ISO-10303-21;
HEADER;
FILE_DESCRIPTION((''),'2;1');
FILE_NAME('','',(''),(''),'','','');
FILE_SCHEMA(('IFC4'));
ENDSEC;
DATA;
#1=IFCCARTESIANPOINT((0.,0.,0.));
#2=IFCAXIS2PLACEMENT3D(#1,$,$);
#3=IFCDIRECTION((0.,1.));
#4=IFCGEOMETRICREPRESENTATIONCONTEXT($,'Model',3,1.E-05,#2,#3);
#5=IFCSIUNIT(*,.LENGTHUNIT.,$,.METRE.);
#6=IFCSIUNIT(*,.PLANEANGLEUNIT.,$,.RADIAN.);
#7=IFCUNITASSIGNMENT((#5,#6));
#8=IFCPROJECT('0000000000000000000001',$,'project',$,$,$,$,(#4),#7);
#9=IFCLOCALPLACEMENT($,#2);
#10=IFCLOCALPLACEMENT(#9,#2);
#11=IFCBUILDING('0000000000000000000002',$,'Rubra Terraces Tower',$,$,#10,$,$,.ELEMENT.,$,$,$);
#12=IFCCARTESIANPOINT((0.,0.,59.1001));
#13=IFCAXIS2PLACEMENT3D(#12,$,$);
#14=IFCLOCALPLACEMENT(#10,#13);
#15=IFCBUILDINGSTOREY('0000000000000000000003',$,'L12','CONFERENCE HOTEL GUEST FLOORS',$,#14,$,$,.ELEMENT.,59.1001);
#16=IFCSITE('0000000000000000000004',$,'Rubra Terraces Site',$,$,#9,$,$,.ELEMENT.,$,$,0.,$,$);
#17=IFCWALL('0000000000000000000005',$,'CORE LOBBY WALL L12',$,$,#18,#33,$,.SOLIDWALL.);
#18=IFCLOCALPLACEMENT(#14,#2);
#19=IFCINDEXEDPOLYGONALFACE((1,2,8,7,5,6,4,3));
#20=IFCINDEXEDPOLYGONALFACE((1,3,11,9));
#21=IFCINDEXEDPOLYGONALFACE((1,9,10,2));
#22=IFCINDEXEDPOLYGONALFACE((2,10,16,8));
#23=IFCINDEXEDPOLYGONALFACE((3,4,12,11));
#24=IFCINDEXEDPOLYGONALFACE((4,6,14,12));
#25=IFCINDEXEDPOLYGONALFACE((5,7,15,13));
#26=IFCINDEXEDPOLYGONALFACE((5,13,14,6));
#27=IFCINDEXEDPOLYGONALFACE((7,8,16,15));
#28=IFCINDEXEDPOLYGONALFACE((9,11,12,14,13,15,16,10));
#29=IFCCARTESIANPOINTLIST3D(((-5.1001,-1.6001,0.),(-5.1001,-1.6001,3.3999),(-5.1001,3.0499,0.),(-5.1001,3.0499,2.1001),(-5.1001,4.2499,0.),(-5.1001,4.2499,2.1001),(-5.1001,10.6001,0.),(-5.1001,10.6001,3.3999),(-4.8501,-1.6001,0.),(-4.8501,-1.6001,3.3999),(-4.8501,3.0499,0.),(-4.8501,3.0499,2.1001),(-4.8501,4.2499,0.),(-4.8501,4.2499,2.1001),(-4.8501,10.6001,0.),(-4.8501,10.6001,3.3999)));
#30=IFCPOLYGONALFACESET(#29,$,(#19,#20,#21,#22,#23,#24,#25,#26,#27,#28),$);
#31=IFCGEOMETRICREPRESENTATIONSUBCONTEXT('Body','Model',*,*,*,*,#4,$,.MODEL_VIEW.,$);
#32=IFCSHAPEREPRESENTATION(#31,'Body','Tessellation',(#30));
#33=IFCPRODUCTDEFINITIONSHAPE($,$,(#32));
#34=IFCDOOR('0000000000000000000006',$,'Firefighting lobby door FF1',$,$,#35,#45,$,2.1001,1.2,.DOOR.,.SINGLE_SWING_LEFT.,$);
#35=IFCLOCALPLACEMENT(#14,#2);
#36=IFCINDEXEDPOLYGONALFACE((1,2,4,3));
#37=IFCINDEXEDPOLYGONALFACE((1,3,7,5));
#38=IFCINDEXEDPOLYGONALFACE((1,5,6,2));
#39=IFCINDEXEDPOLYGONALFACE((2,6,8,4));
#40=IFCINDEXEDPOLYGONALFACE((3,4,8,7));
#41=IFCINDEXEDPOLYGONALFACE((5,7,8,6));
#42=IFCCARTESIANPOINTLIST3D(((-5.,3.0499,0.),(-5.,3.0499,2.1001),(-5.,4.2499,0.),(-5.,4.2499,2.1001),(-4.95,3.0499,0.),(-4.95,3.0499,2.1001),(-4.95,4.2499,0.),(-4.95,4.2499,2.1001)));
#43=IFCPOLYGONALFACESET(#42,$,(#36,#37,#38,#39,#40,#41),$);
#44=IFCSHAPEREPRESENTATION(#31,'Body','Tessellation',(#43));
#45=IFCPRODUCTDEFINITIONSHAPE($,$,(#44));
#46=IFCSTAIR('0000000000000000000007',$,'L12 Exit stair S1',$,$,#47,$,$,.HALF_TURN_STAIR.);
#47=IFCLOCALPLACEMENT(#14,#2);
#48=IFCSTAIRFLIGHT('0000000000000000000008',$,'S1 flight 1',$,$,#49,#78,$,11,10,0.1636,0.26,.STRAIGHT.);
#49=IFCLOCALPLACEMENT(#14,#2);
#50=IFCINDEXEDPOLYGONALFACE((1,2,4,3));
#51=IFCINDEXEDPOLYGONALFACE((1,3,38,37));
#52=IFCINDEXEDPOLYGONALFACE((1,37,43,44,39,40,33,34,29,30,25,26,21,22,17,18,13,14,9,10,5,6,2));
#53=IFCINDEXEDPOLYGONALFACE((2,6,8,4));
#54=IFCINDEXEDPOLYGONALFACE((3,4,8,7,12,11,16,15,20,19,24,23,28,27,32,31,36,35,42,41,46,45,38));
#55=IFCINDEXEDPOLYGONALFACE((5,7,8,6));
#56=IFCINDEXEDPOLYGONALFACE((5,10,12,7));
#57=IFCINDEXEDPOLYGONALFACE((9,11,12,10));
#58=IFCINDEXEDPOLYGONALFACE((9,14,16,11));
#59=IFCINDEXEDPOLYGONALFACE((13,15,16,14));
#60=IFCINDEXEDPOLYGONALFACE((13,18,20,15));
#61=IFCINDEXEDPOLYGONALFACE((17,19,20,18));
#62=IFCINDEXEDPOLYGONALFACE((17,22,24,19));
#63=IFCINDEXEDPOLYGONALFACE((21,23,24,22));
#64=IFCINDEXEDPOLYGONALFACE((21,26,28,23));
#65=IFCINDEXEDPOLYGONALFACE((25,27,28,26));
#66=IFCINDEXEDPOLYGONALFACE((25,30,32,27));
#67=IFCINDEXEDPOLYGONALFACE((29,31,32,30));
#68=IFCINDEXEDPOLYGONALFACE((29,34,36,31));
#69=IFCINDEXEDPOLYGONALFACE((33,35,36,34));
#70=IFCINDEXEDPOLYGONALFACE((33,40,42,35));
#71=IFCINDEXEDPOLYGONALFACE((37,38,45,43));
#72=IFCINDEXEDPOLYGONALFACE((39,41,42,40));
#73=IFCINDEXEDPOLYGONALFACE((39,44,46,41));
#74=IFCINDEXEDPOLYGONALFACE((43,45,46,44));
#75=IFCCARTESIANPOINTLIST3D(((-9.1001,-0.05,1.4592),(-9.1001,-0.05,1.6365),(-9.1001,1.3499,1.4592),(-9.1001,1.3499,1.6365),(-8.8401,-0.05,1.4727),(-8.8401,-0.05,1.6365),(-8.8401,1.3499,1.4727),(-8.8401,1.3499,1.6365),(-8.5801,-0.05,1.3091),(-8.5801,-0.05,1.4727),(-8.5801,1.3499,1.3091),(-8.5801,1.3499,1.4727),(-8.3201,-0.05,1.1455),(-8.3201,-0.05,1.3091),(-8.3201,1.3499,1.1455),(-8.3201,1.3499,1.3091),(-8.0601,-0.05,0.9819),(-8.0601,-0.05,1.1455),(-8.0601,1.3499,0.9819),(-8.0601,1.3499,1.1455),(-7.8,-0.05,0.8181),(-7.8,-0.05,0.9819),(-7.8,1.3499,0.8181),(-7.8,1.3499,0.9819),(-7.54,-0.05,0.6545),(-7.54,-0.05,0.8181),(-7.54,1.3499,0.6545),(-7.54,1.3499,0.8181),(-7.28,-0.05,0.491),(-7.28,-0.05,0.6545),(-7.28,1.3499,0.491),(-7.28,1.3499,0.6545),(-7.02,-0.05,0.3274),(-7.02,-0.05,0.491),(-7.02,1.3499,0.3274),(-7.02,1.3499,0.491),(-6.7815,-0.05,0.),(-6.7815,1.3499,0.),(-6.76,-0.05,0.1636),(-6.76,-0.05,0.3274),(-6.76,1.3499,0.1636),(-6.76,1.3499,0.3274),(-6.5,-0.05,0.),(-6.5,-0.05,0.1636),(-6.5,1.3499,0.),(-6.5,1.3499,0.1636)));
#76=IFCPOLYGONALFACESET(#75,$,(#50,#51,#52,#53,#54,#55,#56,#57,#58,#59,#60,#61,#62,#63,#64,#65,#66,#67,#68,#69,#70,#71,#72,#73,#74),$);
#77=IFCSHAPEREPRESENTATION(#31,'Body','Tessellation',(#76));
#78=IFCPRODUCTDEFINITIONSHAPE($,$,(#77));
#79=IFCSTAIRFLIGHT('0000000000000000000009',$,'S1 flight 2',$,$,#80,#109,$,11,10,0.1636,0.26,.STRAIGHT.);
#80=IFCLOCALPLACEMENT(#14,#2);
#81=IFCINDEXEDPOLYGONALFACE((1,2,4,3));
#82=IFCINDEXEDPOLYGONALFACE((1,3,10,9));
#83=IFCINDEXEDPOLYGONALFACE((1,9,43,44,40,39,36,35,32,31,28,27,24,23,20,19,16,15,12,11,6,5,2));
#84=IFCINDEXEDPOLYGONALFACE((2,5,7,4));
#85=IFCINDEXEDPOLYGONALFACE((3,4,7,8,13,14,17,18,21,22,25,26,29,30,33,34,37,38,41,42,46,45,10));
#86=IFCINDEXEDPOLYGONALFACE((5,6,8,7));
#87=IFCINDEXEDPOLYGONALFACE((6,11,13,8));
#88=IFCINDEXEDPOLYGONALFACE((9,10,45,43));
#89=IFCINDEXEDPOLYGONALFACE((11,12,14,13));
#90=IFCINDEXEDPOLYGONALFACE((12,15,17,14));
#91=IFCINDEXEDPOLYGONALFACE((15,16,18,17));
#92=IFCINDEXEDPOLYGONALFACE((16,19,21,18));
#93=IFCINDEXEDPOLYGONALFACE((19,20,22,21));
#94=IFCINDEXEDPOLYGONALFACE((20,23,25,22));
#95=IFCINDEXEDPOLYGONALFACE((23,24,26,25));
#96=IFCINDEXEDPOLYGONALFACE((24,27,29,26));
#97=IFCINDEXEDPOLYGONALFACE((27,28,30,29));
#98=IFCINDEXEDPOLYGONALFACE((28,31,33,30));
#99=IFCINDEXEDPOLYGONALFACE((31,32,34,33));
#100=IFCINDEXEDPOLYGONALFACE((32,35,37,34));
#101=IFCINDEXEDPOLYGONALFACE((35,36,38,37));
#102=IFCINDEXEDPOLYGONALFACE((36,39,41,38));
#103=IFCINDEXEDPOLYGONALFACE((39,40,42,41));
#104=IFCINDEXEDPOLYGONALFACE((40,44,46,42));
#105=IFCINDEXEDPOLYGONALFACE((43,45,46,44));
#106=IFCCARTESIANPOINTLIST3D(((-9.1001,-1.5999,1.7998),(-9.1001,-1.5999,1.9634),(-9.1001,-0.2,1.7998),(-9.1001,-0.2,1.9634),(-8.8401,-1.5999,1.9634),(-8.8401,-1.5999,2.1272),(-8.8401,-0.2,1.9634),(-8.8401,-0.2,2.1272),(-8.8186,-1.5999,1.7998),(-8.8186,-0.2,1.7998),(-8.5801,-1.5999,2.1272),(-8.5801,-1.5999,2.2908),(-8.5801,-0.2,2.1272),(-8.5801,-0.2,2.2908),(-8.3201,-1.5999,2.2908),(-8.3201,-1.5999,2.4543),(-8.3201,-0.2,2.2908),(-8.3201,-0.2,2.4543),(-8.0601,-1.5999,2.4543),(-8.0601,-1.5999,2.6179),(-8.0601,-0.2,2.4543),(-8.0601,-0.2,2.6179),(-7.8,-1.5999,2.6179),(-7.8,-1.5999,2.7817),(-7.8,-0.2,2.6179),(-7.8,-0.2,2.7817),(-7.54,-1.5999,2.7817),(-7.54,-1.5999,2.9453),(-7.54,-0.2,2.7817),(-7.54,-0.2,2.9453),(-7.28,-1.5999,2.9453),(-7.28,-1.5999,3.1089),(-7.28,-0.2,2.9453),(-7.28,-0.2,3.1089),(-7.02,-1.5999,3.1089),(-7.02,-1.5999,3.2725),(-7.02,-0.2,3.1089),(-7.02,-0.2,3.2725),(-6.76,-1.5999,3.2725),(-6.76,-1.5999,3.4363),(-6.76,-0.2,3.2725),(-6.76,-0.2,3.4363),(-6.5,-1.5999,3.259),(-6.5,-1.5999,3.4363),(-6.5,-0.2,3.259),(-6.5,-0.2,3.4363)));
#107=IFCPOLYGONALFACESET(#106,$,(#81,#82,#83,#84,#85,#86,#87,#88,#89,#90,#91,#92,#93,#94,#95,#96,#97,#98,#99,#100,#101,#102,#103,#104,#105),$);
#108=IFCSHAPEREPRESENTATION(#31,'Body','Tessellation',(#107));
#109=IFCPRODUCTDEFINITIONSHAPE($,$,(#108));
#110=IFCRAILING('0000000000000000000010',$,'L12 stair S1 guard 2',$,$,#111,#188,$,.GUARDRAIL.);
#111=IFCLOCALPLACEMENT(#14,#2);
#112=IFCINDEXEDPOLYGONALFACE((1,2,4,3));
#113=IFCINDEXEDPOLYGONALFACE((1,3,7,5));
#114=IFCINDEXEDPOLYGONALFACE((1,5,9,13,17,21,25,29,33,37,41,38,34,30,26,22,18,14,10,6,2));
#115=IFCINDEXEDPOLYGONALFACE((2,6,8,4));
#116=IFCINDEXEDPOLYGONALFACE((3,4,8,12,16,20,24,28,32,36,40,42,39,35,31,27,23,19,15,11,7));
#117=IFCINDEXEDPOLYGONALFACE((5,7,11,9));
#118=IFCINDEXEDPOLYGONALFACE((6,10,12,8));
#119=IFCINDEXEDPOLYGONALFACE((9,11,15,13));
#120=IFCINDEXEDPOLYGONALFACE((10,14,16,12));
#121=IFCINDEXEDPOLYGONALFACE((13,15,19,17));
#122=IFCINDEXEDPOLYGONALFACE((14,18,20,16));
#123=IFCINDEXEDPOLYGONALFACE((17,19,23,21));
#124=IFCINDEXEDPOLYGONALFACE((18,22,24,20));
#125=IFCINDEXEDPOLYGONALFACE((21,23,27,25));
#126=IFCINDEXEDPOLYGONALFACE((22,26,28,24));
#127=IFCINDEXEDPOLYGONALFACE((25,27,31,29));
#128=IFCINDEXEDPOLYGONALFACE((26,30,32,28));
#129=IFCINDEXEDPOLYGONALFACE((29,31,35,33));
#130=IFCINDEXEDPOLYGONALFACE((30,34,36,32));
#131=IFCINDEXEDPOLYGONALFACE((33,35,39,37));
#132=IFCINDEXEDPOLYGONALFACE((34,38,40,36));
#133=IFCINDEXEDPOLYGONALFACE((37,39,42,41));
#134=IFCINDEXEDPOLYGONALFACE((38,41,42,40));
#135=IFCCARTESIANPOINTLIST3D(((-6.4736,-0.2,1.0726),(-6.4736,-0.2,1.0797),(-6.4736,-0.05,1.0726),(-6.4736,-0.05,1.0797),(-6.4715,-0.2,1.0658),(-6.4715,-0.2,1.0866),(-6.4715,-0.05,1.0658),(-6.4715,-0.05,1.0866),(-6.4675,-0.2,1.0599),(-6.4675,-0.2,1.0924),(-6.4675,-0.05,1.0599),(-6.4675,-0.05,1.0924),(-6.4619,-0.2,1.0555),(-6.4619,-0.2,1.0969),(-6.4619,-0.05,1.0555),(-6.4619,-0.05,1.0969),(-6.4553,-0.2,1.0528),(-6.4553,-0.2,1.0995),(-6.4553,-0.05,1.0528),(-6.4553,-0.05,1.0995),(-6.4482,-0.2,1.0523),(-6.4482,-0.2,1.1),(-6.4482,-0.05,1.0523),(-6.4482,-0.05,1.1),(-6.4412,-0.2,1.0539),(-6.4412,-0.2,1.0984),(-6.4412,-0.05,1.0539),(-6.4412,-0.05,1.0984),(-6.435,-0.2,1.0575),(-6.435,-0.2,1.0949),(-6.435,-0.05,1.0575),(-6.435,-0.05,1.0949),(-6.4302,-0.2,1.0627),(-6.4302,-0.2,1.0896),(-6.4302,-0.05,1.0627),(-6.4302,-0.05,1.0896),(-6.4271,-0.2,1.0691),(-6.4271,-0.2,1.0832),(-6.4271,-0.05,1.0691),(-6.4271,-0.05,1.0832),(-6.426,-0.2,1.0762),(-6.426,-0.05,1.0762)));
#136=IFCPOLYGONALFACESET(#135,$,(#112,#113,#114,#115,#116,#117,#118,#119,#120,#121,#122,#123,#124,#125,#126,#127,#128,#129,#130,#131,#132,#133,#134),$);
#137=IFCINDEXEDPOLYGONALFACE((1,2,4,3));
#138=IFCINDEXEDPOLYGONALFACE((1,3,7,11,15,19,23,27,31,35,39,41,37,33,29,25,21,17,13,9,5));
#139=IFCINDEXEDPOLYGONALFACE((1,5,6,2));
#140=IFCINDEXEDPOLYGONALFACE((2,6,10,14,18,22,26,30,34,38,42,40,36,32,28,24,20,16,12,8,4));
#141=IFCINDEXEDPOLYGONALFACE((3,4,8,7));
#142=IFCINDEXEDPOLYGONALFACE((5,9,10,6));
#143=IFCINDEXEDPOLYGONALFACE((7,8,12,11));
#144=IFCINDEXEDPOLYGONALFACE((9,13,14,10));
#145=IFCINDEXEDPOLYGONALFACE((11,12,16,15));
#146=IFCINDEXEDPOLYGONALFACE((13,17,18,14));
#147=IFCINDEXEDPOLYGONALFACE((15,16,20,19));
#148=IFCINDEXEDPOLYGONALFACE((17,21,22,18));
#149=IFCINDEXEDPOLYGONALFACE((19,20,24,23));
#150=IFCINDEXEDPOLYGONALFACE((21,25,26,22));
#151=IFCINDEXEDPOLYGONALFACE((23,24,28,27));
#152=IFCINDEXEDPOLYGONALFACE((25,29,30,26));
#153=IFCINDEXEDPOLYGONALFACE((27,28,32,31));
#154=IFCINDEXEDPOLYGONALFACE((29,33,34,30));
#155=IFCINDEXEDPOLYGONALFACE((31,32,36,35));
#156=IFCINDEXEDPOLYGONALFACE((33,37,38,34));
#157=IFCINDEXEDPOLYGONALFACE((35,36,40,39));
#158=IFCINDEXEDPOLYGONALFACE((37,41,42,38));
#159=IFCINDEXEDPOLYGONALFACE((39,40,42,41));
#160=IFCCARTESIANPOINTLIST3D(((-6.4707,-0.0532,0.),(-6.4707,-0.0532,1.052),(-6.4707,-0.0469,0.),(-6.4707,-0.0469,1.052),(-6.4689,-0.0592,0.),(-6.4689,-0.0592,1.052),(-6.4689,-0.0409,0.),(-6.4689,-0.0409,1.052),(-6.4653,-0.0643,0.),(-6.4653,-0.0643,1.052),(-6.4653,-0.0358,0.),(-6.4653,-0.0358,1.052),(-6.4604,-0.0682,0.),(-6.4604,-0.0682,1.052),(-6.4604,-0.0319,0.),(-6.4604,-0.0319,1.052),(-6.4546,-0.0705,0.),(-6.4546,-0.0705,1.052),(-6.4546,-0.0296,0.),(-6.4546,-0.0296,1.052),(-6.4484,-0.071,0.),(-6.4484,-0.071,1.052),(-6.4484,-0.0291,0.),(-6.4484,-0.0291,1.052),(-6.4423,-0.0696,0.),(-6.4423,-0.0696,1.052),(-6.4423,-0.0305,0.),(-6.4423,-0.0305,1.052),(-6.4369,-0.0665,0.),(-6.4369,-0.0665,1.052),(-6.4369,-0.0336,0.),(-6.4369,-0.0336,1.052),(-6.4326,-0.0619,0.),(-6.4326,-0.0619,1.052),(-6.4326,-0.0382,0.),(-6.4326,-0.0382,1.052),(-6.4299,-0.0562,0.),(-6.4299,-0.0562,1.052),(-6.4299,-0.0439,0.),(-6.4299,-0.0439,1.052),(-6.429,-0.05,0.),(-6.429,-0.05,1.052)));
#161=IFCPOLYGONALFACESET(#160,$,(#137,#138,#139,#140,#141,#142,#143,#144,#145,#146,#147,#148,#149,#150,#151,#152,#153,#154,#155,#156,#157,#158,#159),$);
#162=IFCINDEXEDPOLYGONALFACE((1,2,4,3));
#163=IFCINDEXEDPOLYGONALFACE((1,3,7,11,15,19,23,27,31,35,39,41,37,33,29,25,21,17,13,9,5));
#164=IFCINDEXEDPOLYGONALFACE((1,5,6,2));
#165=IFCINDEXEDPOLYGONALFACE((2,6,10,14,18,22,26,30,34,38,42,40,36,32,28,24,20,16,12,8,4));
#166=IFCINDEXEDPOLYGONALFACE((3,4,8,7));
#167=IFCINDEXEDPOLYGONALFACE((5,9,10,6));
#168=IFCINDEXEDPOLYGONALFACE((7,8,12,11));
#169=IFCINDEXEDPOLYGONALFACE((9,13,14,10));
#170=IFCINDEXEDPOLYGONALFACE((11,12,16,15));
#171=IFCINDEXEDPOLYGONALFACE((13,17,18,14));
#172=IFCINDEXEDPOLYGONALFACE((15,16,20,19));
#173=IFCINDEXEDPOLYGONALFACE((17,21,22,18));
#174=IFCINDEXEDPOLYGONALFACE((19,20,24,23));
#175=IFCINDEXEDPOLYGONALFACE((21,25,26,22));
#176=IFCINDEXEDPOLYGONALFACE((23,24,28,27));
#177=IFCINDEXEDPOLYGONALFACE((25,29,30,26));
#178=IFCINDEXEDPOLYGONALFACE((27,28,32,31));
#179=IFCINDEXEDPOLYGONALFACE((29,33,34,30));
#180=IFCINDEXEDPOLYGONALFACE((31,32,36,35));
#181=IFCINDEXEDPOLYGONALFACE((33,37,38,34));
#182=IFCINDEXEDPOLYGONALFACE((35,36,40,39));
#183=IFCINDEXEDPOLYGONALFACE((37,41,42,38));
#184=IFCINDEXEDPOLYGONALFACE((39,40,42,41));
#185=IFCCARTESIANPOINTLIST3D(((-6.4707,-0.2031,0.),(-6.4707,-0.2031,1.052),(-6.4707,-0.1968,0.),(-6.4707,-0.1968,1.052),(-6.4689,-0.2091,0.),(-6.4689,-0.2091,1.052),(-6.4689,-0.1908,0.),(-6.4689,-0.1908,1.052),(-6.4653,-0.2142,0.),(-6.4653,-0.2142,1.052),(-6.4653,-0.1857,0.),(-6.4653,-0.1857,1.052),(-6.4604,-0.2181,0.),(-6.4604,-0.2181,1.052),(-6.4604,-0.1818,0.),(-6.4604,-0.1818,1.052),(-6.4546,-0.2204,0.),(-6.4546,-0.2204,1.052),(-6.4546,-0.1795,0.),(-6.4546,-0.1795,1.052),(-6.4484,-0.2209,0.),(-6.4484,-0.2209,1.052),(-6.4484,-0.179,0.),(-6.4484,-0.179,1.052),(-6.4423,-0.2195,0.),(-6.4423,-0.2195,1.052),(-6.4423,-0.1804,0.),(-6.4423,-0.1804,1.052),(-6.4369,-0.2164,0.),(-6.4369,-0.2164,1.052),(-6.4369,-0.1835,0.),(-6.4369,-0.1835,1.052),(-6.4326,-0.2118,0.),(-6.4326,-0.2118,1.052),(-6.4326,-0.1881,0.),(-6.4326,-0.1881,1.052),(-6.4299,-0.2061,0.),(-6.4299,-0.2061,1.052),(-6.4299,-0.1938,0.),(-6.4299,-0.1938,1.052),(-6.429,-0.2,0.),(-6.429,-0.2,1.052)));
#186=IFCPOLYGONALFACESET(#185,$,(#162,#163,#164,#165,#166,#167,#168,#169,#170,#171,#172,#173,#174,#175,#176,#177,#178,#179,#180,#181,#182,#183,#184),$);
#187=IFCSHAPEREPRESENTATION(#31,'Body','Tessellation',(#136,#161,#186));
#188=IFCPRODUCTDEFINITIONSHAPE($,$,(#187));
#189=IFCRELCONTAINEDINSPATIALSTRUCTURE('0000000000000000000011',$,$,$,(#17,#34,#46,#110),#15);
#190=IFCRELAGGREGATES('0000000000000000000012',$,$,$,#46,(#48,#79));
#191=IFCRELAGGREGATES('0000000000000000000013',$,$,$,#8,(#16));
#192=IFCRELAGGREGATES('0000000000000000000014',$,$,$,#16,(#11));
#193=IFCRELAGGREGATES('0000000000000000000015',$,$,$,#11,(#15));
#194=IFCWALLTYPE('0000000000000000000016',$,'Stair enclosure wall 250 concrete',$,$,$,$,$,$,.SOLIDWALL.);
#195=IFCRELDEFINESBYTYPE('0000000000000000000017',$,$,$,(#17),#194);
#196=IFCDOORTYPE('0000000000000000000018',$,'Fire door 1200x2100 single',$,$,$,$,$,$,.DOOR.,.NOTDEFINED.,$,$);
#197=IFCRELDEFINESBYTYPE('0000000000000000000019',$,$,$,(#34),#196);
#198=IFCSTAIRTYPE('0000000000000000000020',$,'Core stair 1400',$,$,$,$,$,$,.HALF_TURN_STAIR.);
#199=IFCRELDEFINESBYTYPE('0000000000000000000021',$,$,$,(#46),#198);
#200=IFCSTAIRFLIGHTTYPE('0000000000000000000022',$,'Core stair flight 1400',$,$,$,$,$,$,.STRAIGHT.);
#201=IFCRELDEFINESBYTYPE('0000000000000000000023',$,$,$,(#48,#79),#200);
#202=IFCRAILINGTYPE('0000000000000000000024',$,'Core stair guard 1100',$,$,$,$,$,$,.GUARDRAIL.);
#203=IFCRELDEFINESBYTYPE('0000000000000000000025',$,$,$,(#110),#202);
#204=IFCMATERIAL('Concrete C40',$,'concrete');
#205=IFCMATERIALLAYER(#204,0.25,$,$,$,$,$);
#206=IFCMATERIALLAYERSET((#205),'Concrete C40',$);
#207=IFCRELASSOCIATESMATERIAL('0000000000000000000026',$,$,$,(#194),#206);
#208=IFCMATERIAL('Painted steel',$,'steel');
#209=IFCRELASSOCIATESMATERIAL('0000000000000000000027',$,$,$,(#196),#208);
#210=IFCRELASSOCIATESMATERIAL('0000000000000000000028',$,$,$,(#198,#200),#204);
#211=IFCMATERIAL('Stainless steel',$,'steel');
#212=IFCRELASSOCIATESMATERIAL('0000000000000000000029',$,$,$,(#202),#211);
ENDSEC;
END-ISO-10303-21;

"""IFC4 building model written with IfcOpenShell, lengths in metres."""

from ifc_helpers import new_model, si_unit, direction, frame, frame_2d, origin, origin_2d, place, context, subcontext, project, spatial, polyline, rectangle, circle, outline, extrude, material, layer, layer_set, type_object, element, fill, aggregate, save


model = new_model("IFC4")

# Units and contexts
model_context = context("Model", 3, precision=1e-05, world=origin(), true_north=direction((0.0, 1.0)))
body_context = subcontext(model_context, "Body", "Model", "MODEL_VIEW")
ifc_project = project(units=[si_unit("LENGTHUNIT", "METRE"), si_unit("PLANEANGLEUNIT", "RADIAN")], contexts=[model_context])

# Site, building, storey
site_placement = place(None, origin())
site = spatial("IfcSite", under=ifc_project, at=site_placement, Name="Rubra Terraces Site", CompositionType="ELEMENT", RefElevation=0.0)
building_placement = place(site_placement, origin())
building = spatial("IfcBuilding", under=site, at=building_placement, Name="Rubra Terraces Tower", CompositionType="ELEMENT")
storey_placement = place(building_placement, frame((0.0, 0.0, 59.1001)))
storey = spatial("IfcBuildingStorey", under=building, at=storey_placement, Name="L12", Description="CONFERENCE HOTEL GUEST FLOORS", CompositionType="ELEMENT", Elevation=59.1001)

# Shared definitions
ifc_material_1 = material(Name="Concrete C40", Category="concrete")

# Shared definitions
ifc_material_2 = material(Name="Painted steel", Category="steel")

# Wall, opening, door
ifc_layer_1 = layer(ifc_material_1, 0.25)
ifc_layer_set_1 = layer_set([ifc_layer_1], Name="Concrete C40")
wall_type_1 = type_object("IfcWallType", Name="Stair enclosure wall 250 concrete", PredefinedType="SOLIDWALL", material=ifc_layer_set_1)
wall_1_placement = place(storey_placement, frame((-4.9751, -1.6001, 0.0), z_axis=(0.0, 0.0, 1.0), x_axis=(0.0, 1.0, 0.0)))
wall_1 = element("IfcWall", 1, at=wall_1_placement, inside=storey, type_object=wall_type_1, Name="CORE LOBBY WALL L12", PredefinedType="SOLIDWALL", context=body_context, shape_type="SweptSolid", body=[
    extrude(rectangle(XDim=12.2002, YDim=0.25, at=frame_2d((6.1001, 0.0))), origin(), (0.0, 0.0, 1.0), 3.3999),
])
opening_1_placement = place(wall_1_placement, frame((4.6499, 0.0, 0.0)))
opening_1 = element("IfcOpeningElement", 2, at=opening_1_placement, cuts=wall_1, PredefinedType="OPENING", context=body_context, shape_type="SweptSolid", body=[
    extrude(rectangle(XDim=1.2, YDim=2.1001, at=frame_2d((0.6001, 1.05))), frame((0.0, 0.135, 0.0), z_axis=(0.0, -1.0, 0.0), x_axis=(1.0, 0.0, 0.0)), (0.0, 0.0, 1.0), 0.27),
])
door_type_1 = type_object("IfcDoorType", Name="Fire door 1200x2100 single", OperationType="NOTDEFINED", PredefinedType="DOOR", material=ifc_material_2)
door_1_placement = place(opening_1_placement, origin())
door_1 = element("IfcDoor", 3, at=door_1_placement, inside=storey, type_object=door_type_1, Name="Firefighting lobby door FF1", OperationType="SINGLE_SWING_LEFT", OverallHeight=2.1001, OverallWidth=1.2, PredefinedType="DOOR", context=body_context, shape_type="SweptSolid", body=[
    extrude(rectangle(XDim=1.2, YDim=2.1001, at=frame_2d((0.6001, 1.05))), frame((0.0, 0.0249, 0.0), z_axis=(0.0, -1.0, 0.0), x_axis=(1.0, 0.0, 0.0)), (0.0, 0.0, 1.0), 0.05),
])
fill(opening_1, door_1)

# Stair, stair flights
stair_type = type_object("IfcStairType", Name="Core stair 1400", PredefinedType="HALF_TURN_STAIR", material=ifc_material_1)
stair_placement = place(storey_placement, origin())
stair = element("IfcStair", 4, at=stair_placement, inside=storey, type_object=stair_type, Name="L12 Exit stair S1", PredefinedType="HALF_TURN_STAIR")
stair_flight_type = type_object("IfcStairFlightType", Name="Core stair flight 1400", PredefinedType="STRAIGHT", material=ifc_material_1)
stair_flight_1_placement = place(storey_placement, frame((-6.5, 0.6499, 0.0), z_axis=(0.0, 0.0, 1.0), x_axis=(-1.0, 0.0, 0.0)))
stair_flight_1 = element("IfcStairFlight", 5, at=stair_flight_1_placement, type_object=stair_flight_type, Name="S1 flight 1", NumberOfRisers=11, NumberOfTreads=10, PredefinedType="STRAIGHT", RiserHeight=0.1636, TreadLength=0.26, context=body_context, shape_type="SweptSolid", body=[
    extrude(outline(polyline([(0.0, 0.0), (0.0, 0.1636), (0.26, 0.1636), (0.26, 0.3274), (0.52, 0.3274), (0.52, 0.491), (0.78, 0.491), (0.78, 0.6545), (1.04, 0.6545), (1.04, 0.8181), (1.3, 0.8181), (1.3, 0.9819), (1.5601, 0.9819), (1.5601, 1.1455), (1.8201, 1.1455), (1.8201, 1.3091), (2.0801, 1.3091), (2.0801, 1.4727), (2.3401, 1.4727), (2.3401, 1.6365), (2.6001, 1.6365), (2.6001, 1.8), (2.6001, 1.4592), (0.2815, 0.0), (0.0, 0.0)])), frame((0.0, 0.7, 0.0), z_axis=(0.0, -1.0, 0.0), x_axis=(1.0, 0.0, 0.0)), (0.0, 0.0, 1.0), 1.3999),
])
stair_flight_2_placement = place(storey_placement, frame((-9.1001, -0.8999, 1.7998), z_axis=(0.0, 0.0, 1.0), x_axis=(1.0, 0.0, 0.0)))
stair_flight_2 = element("IfcStairFlight", 6, at=stair_flight_2_placement, type_object=stair_flight_type, Name="S1 flight 2", NumberOfRisers=11, NumberOfTreads=10, PredefinedType="STRAIGHT", RiserHeight=0.1636, TreadLength=0.26, context=body_context, shape_type="SweptSolid", body=[
    extrude(outline(polyline([(0.0, 0.0), (0.0, 0.1636), (0.26, 0.1636), (0.26, 0.3274), (0.52, 0.3274), (0.52, 0.491), (0.78, 0.491), (0.78, 0.6545), (1.04, 0.6545), (1.04, 0.8181), (1.3, 0.8181), (1.3, 0.9819), (1.5601, 0.9819), (1.5601, 1.1455), (1.8201, 1.1455), (1.8201, 1.3091), (2.0801, 1.3091), (2.0801, 1.4727), (2.3401, 1.4727), (2.3401, 1.6365), (2.6001, 1.6365), (2.6001, 1.8), (2.6001, 1.4592), (0.2815, 0.0), (0.0, 0.0)])), frame((0.0, 0.7, 0.0), z_axis=(0.0, -1.0, 0.0), x_axis=(1.0, 0.0, 0.0)), (0.0, 0.0, 1.0), 1.3999),
])
aggregate(stair, [stair_flight_1, stair_flight_2])

# Railing
ifc_material_3 = material(Name="Stainless steel", Category="steel")
railing_type = type_object("IfcRailingType", Name="Core stair guard 1100", PredefinedType="GUARDRAIL", material=ifc_material_3)
railing_1_placement = place(storey_placement, frame((-6.45, -0.05, 0.0)))
element("IfcRailing", 7, at=railing_1_placement, inside=storey, type_object=railing_type, Name="L12 stair S1 guard 2", PredefinedType="GUARDRAIL", context=body_context, shape_type="SweptSolid", body=[
    extrude(circle(Radius=0.0239, at=origin_2d()), frame((0.0, 0.0, 1.0762), z_axis=(0.0, -1.0, 0.0), x_axis=(1.0, 0.0, 0.0)), (0.0, 0.0, 1.0), 0.1499),
    extrude(circle(Radius=0.021, at=origin_2d()), origin(), (0.0, 0.0, 1.0), 1.052),
    extrude(circle(Radius=0.021, at=origin_2d()), frame((0.0, -0.1499, 0.0)), (0.0, 0.0, 1.0), 1.052),
])

save(model, "model.ifc")
